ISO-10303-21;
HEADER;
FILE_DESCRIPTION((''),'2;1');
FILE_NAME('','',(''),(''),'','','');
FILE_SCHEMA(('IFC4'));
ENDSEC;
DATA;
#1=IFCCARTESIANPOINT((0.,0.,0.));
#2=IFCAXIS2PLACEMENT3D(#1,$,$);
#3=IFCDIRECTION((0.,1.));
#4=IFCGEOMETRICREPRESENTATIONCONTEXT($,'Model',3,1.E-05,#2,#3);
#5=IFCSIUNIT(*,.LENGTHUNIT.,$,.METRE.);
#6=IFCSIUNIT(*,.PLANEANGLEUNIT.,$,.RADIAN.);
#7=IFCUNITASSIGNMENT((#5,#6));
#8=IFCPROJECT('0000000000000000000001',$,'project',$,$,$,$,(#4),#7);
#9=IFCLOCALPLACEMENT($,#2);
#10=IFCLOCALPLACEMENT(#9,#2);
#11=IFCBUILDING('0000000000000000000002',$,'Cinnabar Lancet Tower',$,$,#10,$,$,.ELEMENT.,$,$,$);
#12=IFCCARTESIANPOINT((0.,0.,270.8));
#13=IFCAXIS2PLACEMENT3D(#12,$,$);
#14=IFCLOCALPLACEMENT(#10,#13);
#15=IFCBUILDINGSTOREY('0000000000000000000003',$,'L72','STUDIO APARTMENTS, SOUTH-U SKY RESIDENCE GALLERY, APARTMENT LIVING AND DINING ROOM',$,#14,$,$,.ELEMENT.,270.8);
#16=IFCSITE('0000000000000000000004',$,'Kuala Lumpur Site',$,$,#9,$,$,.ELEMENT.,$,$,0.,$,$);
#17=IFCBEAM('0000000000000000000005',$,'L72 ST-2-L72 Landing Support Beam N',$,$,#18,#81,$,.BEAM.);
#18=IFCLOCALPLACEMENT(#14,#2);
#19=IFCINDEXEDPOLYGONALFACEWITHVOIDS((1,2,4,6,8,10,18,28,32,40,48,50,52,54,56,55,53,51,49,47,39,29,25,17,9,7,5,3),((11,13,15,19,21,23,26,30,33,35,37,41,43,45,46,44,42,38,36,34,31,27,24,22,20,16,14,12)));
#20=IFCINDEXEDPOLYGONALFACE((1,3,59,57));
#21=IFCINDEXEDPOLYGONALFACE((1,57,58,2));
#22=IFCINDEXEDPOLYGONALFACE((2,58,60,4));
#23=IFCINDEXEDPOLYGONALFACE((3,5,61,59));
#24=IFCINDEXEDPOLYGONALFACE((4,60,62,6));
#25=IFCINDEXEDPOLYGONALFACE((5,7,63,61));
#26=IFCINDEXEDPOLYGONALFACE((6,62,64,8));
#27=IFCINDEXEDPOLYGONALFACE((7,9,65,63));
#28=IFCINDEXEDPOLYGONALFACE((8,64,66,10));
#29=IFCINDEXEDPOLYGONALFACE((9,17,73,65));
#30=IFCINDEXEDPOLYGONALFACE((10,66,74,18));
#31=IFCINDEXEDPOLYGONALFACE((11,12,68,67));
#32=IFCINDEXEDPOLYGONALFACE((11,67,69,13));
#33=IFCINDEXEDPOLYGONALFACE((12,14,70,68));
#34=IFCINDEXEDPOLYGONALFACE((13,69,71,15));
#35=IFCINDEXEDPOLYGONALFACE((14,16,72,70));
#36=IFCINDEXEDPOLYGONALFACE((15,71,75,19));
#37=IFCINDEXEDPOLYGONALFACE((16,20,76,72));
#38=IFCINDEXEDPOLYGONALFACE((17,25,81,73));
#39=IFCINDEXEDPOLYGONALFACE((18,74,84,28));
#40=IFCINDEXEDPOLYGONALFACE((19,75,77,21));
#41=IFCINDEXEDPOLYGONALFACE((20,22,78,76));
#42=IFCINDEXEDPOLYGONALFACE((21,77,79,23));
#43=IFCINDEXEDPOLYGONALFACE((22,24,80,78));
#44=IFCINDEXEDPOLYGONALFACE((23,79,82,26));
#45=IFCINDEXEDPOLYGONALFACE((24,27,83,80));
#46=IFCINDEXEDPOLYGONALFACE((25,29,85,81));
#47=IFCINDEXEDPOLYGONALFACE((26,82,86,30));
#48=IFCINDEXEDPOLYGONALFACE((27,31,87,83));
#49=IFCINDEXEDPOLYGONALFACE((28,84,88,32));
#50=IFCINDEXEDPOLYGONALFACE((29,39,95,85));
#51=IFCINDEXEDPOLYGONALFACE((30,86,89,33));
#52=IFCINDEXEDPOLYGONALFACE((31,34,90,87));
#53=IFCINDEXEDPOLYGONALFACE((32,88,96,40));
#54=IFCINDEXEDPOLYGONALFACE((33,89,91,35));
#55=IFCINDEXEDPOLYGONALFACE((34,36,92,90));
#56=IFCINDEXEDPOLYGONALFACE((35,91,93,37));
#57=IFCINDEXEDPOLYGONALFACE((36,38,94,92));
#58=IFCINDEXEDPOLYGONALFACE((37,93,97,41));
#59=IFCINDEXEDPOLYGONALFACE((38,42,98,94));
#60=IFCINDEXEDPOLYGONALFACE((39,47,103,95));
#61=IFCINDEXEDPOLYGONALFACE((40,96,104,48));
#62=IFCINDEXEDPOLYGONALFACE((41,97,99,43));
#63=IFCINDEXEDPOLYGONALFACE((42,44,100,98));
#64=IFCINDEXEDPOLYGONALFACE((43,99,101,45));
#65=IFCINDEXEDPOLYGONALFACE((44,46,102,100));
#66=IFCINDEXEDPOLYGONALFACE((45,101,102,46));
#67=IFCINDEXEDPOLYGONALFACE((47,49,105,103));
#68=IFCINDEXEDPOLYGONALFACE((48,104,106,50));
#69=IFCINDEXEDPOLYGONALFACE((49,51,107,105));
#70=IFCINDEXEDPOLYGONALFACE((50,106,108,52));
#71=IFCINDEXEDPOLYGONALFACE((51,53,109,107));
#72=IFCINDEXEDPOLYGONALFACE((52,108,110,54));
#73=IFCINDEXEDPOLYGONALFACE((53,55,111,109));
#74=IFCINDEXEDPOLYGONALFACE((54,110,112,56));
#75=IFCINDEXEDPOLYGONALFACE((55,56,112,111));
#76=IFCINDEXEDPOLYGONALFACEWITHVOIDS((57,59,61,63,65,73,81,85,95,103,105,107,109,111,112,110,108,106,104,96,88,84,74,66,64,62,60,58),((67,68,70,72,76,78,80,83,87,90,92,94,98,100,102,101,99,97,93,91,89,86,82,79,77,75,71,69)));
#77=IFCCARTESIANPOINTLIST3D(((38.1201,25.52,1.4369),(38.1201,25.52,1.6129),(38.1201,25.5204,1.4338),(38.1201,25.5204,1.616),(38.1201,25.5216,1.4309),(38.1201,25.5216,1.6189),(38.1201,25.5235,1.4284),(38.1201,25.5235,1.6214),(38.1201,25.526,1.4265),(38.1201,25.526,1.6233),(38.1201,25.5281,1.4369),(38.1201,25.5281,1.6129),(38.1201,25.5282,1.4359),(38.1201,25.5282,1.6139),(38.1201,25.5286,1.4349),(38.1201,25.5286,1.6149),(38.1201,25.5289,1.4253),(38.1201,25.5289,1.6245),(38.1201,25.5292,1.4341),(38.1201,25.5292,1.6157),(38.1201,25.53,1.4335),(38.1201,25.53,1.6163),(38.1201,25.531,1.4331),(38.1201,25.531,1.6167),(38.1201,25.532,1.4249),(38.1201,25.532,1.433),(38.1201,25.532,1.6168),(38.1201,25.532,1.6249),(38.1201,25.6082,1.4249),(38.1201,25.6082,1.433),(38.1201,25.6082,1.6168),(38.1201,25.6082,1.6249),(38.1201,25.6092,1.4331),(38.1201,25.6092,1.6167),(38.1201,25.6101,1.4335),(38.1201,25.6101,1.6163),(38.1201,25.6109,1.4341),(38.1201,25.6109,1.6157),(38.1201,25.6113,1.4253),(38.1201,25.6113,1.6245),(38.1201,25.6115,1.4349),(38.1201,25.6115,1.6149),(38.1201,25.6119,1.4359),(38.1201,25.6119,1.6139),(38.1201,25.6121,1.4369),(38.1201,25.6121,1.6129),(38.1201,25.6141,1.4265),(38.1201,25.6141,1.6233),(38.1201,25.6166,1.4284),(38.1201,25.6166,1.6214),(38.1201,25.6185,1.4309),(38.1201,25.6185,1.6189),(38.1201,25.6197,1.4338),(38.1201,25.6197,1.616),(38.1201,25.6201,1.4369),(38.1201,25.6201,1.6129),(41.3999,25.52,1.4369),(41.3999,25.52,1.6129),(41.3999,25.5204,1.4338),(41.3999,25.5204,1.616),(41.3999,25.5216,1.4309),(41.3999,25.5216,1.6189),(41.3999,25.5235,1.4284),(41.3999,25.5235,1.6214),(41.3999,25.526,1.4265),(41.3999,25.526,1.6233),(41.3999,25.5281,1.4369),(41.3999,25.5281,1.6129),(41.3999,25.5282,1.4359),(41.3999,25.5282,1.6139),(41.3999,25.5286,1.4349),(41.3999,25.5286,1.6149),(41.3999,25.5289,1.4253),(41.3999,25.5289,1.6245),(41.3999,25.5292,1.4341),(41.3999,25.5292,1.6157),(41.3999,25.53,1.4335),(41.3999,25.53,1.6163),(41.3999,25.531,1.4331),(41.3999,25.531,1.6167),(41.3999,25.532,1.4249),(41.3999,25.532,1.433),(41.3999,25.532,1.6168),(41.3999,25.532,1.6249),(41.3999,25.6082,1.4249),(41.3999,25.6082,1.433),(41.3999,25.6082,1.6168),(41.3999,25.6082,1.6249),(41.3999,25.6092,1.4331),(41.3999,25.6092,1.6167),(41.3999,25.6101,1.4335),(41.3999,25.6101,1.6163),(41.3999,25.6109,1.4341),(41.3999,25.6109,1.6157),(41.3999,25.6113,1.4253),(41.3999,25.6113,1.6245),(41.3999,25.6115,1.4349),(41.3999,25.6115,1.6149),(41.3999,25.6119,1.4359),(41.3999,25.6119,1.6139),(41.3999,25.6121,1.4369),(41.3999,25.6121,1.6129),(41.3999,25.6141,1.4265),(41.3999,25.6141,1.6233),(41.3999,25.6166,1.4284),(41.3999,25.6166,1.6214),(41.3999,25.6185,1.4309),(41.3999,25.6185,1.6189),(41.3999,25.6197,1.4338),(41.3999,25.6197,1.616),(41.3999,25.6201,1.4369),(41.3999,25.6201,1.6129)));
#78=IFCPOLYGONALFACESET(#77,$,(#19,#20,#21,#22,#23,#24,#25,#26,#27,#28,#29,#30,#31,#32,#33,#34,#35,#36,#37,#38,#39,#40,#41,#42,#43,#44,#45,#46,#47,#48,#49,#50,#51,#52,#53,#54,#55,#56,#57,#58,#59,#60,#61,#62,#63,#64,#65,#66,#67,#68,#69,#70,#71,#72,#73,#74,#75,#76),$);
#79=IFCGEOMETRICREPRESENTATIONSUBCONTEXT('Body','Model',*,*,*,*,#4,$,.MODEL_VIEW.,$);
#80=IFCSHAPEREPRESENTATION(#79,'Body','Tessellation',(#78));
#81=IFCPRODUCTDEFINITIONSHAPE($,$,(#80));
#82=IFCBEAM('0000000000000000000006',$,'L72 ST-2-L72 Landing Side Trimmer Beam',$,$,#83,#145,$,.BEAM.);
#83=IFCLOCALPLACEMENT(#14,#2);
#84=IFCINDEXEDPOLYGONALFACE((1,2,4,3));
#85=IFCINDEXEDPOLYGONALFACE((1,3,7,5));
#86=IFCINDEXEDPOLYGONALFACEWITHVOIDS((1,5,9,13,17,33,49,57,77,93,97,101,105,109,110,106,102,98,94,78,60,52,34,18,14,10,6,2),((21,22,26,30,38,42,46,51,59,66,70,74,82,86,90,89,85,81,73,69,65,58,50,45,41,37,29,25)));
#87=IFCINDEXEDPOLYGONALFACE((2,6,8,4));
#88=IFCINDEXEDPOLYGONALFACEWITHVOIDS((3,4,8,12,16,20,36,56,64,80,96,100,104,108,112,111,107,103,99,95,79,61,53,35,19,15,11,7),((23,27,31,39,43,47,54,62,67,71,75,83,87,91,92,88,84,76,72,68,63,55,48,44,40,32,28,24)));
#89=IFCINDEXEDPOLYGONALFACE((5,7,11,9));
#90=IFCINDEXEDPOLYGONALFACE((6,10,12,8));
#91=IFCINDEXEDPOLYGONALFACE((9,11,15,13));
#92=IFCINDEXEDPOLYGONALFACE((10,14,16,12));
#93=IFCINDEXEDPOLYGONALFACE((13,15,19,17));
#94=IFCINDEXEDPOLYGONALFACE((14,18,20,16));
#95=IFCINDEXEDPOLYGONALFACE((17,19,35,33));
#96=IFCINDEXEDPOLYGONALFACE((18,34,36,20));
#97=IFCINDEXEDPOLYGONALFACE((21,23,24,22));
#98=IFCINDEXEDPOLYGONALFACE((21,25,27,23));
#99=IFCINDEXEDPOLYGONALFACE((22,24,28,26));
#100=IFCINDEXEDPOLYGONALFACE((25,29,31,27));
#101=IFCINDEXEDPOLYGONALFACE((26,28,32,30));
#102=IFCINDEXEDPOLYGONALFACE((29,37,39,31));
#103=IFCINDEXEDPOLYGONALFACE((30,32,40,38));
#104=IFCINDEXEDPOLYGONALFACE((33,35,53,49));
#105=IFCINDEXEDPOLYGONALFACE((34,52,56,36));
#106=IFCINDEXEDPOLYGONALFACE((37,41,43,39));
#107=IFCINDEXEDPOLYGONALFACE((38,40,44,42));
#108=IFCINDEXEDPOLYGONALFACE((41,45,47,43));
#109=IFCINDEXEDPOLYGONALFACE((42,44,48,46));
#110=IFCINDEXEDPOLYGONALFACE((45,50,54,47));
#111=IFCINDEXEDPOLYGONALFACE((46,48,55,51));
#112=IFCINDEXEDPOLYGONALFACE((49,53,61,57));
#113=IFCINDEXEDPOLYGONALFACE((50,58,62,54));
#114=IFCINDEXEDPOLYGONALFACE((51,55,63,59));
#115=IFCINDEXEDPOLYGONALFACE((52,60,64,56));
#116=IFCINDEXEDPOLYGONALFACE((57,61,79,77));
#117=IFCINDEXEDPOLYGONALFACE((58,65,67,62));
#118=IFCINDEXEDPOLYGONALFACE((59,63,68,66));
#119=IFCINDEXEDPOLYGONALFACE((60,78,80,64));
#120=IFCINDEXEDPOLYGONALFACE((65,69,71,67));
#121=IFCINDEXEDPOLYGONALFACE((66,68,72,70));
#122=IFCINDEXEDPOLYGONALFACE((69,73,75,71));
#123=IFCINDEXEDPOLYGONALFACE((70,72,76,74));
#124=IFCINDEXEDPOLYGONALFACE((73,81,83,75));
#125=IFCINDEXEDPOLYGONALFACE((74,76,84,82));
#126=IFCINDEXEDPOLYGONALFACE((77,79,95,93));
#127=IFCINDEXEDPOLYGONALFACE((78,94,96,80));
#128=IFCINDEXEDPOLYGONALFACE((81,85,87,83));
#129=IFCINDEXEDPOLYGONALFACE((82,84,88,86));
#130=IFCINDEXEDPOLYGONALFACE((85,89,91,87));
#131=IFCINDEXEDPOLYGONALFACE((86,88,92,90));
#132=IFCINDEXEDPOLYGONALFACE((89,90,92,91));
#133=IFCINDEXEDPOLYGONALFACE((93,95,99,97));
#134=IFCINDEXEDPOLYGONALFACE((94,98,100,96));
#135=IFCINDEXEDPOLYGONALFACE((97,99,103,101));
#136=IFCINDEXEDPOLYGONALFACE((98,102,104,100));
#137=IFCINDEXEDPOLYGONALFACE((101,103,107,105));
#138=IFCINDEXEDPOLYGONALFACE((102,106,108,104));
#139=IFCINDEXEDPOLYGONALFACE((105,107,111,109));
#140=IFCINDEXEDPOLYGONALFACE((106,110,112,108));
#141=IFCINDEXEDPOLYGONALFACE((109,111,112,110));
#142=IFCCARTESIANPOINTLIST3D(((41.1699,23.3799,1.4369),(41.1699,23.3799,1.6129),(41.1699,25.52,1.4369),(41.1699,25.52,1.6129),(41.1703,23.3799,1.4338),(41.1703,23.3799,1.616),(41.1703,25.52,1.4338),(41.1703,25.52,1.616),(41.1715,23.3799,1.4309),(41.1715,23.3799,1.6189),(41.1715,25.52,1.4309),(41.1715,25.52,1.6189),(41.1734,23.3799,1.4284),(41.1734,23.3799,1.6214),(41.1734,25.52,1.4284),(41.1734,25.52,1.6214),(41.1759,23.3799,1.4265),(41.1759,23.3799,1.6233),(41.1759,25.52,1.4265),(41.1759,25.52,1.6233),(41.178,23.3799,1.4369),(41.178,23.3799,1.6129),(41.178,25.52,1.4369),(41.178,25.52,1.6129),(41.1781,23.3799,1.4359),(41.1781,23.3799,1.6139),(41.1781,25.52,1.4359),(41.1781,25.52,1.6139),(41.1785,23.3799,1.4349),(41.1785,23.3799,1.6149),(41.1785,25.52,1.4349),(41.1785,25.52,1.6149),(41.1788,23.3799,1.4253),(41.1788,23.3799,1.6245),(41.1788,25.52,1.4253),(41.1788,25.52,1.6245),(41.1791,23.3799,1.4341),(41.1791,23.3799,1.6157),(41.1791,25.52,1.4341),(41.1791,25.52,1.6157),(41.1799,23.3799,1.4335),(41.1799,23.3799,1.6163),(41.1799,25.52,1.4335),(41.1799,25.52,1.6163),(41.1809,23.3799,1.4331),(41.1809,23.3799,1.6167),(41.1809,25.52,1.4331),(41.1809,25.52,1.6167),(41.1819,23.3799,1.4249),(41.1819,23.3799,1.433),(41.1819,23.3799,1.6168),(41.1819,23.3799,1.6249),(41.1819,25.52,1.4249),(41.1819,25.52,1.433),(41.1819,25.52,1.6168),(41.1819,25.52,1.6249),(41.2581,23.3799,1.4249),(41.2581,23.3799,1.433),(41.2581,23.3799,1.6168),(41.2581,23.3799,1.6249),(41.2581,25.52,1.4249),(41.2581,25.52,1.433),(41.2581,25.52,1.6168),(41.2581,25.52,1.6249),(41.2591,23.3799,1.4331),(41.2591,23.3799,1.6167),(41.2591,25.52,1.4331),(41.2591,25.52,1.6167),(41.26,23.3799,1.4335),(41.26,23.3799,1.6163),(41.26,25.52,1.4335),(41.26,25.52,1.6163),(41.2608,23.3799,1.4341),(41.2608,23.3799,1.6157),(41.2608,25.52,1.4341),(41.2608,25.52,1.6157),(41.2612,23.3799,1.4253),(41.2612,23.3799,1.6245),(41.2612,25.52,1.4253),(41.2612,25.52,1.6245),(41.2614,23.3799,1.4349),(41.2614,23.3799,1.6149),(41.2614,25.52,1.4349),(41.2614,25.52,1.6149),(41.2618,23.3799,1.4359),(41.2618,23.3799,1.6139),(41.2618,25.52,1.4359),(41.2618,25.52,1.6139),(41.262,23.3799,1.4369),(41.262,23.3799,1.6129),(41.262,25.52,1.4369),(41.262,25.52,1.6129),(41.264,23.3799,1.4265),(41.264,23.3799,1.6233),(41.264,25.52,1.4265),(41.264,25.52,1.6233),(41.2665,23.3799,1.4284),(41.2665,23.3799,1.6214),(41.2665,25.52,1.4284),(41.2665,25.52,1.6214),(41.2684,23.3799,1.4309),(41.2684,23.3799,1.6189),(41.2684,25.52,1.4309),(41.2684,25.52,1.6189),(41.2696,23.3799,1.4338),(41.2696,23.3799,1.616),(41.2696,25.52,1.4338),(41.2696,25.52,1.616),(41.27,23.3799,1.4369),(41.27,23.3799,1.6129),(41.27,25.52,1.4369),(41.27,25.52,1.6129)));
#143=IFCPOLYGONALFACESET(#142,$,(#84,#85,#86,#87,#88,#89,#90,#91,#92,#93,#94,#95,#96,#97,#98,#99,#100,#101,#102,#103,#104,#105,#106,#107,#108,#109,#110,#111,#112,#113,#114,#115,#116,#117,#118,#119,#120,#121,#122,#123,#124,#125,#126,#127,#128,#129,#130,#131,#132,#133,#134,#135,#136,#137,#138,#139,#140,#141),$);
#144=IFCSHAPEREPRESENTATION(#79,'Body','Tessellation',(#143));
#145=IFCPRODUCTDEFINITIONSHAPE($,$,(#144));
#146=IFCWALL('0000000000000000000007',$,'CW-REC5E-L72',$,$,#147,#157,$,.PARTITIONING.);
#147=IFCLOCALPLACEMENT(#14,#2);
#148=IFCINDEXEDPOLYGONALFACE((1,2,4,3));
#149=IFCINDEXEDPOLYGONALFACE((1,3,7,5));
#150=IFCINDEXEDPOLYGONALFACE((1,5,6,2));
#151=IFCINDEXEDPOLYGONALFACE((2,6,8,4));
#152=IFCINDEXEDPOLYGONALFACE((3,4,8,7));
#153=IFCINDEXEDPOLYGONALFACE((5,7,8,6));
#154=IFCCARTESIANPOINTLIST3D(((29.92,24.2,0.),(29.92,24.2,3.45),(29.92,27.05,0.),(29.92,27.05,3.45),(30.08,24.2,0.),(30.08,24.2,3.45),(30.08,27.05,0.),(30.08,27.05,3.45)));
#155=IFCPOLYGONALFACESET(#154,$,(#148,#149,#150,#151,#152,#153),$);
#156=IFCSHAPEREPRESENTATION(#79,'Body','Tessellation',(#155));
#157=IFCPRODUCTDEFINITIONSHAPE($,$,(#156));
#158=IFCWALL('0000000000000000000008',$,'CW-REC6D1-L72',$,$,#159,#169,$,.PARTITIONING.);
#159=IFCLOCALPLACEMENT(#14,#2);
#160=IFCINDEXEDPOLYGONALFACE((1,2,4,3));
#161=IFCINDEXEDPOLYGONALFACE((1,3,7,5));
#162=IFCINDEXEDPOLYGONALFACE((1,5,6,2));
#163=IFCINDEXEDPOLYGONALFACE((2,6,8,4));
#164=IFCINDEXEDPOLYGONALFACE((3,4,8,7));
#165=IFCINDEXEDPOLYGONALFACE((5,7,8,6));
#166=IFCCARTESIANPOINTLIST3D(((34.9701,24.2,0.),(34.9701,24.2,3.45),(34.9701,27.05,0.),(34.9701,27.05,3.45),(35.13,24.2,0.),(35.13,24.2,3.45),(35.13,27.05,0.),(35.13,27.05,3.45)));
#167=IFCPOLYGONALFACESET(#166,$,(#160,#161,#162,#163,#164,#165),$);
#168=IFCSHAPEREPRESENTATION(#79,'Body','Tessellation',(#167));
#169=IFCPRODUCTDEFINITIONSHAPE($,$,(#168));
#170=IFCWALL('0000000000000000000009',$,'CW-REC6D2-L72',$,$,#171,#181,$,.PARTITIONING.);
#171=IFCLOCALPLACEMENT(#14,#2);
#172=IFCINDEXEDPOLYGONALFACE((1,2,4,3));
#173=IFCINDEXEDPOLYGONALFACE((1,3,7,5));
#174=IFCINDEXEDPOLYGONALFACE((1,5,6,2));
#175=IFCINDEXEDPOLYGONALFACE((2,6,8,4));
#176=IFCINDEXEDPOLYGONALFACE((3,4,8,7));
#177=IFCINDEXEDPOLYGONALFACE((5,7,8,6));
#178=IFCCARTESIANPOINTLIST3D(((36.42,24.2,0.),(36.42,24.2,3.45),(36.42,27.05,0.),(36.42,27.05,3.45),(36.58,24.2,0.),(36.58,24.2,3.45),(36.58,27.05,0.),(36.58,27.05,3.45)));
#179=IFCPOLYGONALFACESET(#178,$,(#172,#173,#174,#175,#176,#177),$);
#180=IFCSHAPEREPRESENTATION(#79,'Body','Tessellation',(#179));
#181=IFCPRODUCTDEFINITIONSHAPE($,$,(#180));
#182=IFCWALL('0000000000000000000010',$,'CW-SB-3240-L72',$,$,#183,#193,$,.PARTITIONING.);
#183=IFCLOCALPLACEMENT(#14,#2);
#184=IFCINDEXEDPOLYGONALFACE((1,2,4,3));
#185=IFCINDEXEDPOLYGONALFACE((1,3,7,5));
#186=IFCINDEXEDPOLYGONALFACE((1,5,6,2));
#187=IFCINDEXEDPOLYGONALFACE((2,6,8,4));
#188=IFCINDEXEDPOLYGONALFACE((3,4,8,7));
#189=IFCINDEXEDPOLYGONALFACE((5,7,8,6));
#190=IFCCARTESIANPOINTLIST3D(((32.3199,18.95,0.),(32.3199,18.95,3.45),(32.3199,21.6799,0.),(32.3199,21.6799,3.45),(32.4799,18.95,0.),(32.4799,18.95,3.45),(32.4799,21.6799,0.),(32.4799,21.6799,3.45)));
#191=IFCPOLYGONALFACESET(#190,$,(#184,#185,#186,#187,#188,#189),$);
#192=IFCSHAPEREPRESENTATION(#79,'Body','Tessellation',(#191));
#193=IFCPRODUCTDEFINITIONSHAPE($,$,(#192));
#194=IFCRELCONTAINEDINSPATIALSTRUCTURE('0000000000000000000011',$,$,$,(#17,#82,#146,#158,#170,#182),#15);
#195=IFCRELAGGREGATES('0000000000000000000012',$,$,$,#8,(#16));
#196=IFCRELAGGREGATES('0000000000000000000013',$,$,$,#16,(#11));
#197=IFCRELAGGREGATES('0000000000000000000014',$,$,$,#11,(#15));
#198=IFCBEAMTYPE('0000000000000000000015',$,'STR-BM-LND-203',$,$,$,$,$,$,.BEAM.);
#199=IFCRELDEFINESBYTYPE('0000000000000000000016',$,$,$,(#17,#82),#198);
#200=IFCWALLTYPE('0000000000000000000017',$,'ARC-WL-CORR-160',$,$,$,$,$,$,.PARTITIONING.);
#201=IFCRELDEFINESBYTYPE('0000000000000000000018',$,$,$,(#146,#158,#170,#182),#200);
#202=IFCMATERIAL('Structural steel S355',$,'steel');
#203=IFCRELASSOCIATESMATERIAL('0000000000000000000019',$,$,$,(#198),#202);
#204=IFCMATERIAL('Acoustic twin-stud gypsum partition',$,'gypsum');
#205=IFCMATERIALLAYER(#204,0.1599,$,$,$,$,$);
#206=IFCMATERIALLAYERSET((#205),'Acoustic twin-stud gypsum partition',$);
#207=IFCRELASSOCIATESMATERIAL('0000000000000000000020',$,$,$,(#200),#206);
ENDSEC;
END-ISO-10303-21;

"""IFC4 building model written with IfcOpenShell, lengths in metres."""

from ifc_helpers import new_model, si_unit, direction, frame, frame_2d, origin, origin_2d, place, context, subcontext, project, spatial, rectangle, hollow_rectangle, extrude, material, layer, layer_set, material_profile, profile_set, type_object, element, save


model = new_model("IFC4")

# Units and contexts
model_context = context("Model", 3, precision=1e-05, world=origin(), true_north=direction((0.0, 1.0)))
body_context = subcontext(model_context, "Body", "Model", "MODEL_VIEW")
ifc_project = project(units=[si_unit("LENGTHUNIT", "METRE"), si_unit("PLANEANGLEUNIT", "RADIAN")], contexts=[model_context])

# Site, building, storey
site_placement = place(None, origin())
site = spatial("IfcSite", under=ifc_project, at=site_placement, Name="Kuala Lumpur Site", CompositionType="ELEMENT", RefElevation=0.0)
building_placement = place(site_placement, origin())
building = spatial("IfcBuilding", under=site, at=building_placement, Name="Cinnabar Lancet Tower", CompositionType="ELEMENT")
storey_placement = place(building_placement, frame((0.0, 0.0, 270.8)))
storey = spatial("IfcBuildingStorey", under=building, at=storey_placement, Name="L72", Description="STUDIO APARTMENTS, SOUTH-U SKY RESIDENCE GALLERY, APARTMENT LIVING AND DINING ROOM", CompositionType="ELEMENT", Elevation=270.8)

# Beams
ifc_material_1 = material(Name="Structural steel S355", Category="steel")
ifc_material_profile_1 = material_profile(ifc_material_1, hollow_rectangle(XDim=0.1001, YDim=0.2, WallThickness=0.0081, InnerFilletRadius=0.0039, OuterFilletRadius=0.012, at=origin_2d()), Name="RHS 200x100x8")
ifc_profile_set_1 = profile_set([ifc_material_profile_1], Name="Structural steel S355")
beam_type_1 = type_object("IfcBeamType", Name="STR-BM-LND-203", PredefinedType="BEAM", material=ifc_profile_set_1)
for number, where, z_axis, x_axis, name in (
    (1, (38.1201, 25.5701, 1.5249), (1.0, 0.0, 0.0), (0.0, 1.0, 0.0), "L72 ST-2-L72 Landing Support Beam N"),
):
    element("IfcBeam", number, at=place(storey_placement, frame(where, z_axis=z_axis, x_axis=x_axis)), inside=storey, type_object=beam_type_1, Name=name, PredefinedType="BEAM", context=body_context, shape_type="SweptSolid", body=[
        extrude(hollow_rectangle(XDim=0.1001, YDim=0.2, WallThickness=0.0081, InnerFilletRadius=0.0039, OuterFilletRadius=0.012, at=origin_2d()), origin(), (0.0, 0.0, 1.0), 3.2798),
    ])
beam_1_placement = place(storey_placement, frame((41.22, 23.3799, 1.5249), z_axis=(0.0, 1.0, 0.0), x_axis=(-1.0, 0.0, 0.0)))
element("IfcBeam", 2, at=beam_1_placement, inside=storey, type_object=beam_type_1, Name="L72 ST-2-L72 Landing Side Trimmer Beam", PredefinedType="BEAM", context=body_context, shape_type="SweptSolid", body=[
    extrude(hollow_rectangle(XDim=0.1001, YDim=0.2, WallThickness=0.0081, InnerFilletRadius=0.0039, OuterFilletRadius=0.012, at=origin_2d()), origin(), (0.0, 0.0, 1.0), 2.1401),
])

# Walls
ifc_material_2 = material(Name="Acoustic twin-stud gypsum partition", Category="gypsum")
ifc_layer_1 = layer(ifc_material_2, 0.1599)
ifc_layer_set_1 = layer_set([ifc_layer_1], Name="Acoustic twin-stud gypsum partition")
wall_type_1 = type_object("IfcWallType", Name="ARC-WL-CORR-160", PredefinedType="PARTITIONING", material=ifc_layer_set_1)
for number, where, z_axis, x_axis, name in (
    (3, (30.0, 24.2, 0.0), (0.0, 0.0, 1.0), (0.0, 1.0, 0.0), "CW-REC5E-L72"),
    (4, (35.05, 24.2, 0.0), (0.0, 0.0, 1.0), (0.0, 1.0, 0.0), "CW-REC6D1-L72"),
    (5, (36.5, 24.2, 0.0), (0.0, 0.0, 1.0), (0.0, 1.0, 0.0), "CW-REC6D2-L72"),
):
    element("IfcWall", number, at=place(storey_placement, frame(where, z_axis=z_axis, x_axis=x_axis)), inside=storey, type_object=wall_type_1, Name=name, PredefinedType="PARTITIONING", context=body_context, shape_type="SweptSolid", body=[
        extrude(rectangle(XDim=2.8501, YDim=0.1599, at=frame_2d((1.425, 0.0))), origin(), (0.0, 0.0, 1.0), 3.45),
    ])
wall_1_placement = place(storey_placement, frame((32.3999, 18.95, 0.0), z_axis=(0.0, 0.0, 1.0), x_axis=(0.0, 1.0, 0.0)))
element("IfcWall", 6, at=wall_1_placement, inside=storey, type_object=wall_type_1, Name="CW-SB-3240-L72", PredefinedType="PARTITIONING", context=body_context, shape_type="SweptSolid", body=[
    extrude(rectangle(XDim=2.73, YDim=0.1599, at=frame_2d((1.365, 0.0))), origin(), (0.0, 0.0, 1.0), 3.45),
])

save(model, "model.ifc")
